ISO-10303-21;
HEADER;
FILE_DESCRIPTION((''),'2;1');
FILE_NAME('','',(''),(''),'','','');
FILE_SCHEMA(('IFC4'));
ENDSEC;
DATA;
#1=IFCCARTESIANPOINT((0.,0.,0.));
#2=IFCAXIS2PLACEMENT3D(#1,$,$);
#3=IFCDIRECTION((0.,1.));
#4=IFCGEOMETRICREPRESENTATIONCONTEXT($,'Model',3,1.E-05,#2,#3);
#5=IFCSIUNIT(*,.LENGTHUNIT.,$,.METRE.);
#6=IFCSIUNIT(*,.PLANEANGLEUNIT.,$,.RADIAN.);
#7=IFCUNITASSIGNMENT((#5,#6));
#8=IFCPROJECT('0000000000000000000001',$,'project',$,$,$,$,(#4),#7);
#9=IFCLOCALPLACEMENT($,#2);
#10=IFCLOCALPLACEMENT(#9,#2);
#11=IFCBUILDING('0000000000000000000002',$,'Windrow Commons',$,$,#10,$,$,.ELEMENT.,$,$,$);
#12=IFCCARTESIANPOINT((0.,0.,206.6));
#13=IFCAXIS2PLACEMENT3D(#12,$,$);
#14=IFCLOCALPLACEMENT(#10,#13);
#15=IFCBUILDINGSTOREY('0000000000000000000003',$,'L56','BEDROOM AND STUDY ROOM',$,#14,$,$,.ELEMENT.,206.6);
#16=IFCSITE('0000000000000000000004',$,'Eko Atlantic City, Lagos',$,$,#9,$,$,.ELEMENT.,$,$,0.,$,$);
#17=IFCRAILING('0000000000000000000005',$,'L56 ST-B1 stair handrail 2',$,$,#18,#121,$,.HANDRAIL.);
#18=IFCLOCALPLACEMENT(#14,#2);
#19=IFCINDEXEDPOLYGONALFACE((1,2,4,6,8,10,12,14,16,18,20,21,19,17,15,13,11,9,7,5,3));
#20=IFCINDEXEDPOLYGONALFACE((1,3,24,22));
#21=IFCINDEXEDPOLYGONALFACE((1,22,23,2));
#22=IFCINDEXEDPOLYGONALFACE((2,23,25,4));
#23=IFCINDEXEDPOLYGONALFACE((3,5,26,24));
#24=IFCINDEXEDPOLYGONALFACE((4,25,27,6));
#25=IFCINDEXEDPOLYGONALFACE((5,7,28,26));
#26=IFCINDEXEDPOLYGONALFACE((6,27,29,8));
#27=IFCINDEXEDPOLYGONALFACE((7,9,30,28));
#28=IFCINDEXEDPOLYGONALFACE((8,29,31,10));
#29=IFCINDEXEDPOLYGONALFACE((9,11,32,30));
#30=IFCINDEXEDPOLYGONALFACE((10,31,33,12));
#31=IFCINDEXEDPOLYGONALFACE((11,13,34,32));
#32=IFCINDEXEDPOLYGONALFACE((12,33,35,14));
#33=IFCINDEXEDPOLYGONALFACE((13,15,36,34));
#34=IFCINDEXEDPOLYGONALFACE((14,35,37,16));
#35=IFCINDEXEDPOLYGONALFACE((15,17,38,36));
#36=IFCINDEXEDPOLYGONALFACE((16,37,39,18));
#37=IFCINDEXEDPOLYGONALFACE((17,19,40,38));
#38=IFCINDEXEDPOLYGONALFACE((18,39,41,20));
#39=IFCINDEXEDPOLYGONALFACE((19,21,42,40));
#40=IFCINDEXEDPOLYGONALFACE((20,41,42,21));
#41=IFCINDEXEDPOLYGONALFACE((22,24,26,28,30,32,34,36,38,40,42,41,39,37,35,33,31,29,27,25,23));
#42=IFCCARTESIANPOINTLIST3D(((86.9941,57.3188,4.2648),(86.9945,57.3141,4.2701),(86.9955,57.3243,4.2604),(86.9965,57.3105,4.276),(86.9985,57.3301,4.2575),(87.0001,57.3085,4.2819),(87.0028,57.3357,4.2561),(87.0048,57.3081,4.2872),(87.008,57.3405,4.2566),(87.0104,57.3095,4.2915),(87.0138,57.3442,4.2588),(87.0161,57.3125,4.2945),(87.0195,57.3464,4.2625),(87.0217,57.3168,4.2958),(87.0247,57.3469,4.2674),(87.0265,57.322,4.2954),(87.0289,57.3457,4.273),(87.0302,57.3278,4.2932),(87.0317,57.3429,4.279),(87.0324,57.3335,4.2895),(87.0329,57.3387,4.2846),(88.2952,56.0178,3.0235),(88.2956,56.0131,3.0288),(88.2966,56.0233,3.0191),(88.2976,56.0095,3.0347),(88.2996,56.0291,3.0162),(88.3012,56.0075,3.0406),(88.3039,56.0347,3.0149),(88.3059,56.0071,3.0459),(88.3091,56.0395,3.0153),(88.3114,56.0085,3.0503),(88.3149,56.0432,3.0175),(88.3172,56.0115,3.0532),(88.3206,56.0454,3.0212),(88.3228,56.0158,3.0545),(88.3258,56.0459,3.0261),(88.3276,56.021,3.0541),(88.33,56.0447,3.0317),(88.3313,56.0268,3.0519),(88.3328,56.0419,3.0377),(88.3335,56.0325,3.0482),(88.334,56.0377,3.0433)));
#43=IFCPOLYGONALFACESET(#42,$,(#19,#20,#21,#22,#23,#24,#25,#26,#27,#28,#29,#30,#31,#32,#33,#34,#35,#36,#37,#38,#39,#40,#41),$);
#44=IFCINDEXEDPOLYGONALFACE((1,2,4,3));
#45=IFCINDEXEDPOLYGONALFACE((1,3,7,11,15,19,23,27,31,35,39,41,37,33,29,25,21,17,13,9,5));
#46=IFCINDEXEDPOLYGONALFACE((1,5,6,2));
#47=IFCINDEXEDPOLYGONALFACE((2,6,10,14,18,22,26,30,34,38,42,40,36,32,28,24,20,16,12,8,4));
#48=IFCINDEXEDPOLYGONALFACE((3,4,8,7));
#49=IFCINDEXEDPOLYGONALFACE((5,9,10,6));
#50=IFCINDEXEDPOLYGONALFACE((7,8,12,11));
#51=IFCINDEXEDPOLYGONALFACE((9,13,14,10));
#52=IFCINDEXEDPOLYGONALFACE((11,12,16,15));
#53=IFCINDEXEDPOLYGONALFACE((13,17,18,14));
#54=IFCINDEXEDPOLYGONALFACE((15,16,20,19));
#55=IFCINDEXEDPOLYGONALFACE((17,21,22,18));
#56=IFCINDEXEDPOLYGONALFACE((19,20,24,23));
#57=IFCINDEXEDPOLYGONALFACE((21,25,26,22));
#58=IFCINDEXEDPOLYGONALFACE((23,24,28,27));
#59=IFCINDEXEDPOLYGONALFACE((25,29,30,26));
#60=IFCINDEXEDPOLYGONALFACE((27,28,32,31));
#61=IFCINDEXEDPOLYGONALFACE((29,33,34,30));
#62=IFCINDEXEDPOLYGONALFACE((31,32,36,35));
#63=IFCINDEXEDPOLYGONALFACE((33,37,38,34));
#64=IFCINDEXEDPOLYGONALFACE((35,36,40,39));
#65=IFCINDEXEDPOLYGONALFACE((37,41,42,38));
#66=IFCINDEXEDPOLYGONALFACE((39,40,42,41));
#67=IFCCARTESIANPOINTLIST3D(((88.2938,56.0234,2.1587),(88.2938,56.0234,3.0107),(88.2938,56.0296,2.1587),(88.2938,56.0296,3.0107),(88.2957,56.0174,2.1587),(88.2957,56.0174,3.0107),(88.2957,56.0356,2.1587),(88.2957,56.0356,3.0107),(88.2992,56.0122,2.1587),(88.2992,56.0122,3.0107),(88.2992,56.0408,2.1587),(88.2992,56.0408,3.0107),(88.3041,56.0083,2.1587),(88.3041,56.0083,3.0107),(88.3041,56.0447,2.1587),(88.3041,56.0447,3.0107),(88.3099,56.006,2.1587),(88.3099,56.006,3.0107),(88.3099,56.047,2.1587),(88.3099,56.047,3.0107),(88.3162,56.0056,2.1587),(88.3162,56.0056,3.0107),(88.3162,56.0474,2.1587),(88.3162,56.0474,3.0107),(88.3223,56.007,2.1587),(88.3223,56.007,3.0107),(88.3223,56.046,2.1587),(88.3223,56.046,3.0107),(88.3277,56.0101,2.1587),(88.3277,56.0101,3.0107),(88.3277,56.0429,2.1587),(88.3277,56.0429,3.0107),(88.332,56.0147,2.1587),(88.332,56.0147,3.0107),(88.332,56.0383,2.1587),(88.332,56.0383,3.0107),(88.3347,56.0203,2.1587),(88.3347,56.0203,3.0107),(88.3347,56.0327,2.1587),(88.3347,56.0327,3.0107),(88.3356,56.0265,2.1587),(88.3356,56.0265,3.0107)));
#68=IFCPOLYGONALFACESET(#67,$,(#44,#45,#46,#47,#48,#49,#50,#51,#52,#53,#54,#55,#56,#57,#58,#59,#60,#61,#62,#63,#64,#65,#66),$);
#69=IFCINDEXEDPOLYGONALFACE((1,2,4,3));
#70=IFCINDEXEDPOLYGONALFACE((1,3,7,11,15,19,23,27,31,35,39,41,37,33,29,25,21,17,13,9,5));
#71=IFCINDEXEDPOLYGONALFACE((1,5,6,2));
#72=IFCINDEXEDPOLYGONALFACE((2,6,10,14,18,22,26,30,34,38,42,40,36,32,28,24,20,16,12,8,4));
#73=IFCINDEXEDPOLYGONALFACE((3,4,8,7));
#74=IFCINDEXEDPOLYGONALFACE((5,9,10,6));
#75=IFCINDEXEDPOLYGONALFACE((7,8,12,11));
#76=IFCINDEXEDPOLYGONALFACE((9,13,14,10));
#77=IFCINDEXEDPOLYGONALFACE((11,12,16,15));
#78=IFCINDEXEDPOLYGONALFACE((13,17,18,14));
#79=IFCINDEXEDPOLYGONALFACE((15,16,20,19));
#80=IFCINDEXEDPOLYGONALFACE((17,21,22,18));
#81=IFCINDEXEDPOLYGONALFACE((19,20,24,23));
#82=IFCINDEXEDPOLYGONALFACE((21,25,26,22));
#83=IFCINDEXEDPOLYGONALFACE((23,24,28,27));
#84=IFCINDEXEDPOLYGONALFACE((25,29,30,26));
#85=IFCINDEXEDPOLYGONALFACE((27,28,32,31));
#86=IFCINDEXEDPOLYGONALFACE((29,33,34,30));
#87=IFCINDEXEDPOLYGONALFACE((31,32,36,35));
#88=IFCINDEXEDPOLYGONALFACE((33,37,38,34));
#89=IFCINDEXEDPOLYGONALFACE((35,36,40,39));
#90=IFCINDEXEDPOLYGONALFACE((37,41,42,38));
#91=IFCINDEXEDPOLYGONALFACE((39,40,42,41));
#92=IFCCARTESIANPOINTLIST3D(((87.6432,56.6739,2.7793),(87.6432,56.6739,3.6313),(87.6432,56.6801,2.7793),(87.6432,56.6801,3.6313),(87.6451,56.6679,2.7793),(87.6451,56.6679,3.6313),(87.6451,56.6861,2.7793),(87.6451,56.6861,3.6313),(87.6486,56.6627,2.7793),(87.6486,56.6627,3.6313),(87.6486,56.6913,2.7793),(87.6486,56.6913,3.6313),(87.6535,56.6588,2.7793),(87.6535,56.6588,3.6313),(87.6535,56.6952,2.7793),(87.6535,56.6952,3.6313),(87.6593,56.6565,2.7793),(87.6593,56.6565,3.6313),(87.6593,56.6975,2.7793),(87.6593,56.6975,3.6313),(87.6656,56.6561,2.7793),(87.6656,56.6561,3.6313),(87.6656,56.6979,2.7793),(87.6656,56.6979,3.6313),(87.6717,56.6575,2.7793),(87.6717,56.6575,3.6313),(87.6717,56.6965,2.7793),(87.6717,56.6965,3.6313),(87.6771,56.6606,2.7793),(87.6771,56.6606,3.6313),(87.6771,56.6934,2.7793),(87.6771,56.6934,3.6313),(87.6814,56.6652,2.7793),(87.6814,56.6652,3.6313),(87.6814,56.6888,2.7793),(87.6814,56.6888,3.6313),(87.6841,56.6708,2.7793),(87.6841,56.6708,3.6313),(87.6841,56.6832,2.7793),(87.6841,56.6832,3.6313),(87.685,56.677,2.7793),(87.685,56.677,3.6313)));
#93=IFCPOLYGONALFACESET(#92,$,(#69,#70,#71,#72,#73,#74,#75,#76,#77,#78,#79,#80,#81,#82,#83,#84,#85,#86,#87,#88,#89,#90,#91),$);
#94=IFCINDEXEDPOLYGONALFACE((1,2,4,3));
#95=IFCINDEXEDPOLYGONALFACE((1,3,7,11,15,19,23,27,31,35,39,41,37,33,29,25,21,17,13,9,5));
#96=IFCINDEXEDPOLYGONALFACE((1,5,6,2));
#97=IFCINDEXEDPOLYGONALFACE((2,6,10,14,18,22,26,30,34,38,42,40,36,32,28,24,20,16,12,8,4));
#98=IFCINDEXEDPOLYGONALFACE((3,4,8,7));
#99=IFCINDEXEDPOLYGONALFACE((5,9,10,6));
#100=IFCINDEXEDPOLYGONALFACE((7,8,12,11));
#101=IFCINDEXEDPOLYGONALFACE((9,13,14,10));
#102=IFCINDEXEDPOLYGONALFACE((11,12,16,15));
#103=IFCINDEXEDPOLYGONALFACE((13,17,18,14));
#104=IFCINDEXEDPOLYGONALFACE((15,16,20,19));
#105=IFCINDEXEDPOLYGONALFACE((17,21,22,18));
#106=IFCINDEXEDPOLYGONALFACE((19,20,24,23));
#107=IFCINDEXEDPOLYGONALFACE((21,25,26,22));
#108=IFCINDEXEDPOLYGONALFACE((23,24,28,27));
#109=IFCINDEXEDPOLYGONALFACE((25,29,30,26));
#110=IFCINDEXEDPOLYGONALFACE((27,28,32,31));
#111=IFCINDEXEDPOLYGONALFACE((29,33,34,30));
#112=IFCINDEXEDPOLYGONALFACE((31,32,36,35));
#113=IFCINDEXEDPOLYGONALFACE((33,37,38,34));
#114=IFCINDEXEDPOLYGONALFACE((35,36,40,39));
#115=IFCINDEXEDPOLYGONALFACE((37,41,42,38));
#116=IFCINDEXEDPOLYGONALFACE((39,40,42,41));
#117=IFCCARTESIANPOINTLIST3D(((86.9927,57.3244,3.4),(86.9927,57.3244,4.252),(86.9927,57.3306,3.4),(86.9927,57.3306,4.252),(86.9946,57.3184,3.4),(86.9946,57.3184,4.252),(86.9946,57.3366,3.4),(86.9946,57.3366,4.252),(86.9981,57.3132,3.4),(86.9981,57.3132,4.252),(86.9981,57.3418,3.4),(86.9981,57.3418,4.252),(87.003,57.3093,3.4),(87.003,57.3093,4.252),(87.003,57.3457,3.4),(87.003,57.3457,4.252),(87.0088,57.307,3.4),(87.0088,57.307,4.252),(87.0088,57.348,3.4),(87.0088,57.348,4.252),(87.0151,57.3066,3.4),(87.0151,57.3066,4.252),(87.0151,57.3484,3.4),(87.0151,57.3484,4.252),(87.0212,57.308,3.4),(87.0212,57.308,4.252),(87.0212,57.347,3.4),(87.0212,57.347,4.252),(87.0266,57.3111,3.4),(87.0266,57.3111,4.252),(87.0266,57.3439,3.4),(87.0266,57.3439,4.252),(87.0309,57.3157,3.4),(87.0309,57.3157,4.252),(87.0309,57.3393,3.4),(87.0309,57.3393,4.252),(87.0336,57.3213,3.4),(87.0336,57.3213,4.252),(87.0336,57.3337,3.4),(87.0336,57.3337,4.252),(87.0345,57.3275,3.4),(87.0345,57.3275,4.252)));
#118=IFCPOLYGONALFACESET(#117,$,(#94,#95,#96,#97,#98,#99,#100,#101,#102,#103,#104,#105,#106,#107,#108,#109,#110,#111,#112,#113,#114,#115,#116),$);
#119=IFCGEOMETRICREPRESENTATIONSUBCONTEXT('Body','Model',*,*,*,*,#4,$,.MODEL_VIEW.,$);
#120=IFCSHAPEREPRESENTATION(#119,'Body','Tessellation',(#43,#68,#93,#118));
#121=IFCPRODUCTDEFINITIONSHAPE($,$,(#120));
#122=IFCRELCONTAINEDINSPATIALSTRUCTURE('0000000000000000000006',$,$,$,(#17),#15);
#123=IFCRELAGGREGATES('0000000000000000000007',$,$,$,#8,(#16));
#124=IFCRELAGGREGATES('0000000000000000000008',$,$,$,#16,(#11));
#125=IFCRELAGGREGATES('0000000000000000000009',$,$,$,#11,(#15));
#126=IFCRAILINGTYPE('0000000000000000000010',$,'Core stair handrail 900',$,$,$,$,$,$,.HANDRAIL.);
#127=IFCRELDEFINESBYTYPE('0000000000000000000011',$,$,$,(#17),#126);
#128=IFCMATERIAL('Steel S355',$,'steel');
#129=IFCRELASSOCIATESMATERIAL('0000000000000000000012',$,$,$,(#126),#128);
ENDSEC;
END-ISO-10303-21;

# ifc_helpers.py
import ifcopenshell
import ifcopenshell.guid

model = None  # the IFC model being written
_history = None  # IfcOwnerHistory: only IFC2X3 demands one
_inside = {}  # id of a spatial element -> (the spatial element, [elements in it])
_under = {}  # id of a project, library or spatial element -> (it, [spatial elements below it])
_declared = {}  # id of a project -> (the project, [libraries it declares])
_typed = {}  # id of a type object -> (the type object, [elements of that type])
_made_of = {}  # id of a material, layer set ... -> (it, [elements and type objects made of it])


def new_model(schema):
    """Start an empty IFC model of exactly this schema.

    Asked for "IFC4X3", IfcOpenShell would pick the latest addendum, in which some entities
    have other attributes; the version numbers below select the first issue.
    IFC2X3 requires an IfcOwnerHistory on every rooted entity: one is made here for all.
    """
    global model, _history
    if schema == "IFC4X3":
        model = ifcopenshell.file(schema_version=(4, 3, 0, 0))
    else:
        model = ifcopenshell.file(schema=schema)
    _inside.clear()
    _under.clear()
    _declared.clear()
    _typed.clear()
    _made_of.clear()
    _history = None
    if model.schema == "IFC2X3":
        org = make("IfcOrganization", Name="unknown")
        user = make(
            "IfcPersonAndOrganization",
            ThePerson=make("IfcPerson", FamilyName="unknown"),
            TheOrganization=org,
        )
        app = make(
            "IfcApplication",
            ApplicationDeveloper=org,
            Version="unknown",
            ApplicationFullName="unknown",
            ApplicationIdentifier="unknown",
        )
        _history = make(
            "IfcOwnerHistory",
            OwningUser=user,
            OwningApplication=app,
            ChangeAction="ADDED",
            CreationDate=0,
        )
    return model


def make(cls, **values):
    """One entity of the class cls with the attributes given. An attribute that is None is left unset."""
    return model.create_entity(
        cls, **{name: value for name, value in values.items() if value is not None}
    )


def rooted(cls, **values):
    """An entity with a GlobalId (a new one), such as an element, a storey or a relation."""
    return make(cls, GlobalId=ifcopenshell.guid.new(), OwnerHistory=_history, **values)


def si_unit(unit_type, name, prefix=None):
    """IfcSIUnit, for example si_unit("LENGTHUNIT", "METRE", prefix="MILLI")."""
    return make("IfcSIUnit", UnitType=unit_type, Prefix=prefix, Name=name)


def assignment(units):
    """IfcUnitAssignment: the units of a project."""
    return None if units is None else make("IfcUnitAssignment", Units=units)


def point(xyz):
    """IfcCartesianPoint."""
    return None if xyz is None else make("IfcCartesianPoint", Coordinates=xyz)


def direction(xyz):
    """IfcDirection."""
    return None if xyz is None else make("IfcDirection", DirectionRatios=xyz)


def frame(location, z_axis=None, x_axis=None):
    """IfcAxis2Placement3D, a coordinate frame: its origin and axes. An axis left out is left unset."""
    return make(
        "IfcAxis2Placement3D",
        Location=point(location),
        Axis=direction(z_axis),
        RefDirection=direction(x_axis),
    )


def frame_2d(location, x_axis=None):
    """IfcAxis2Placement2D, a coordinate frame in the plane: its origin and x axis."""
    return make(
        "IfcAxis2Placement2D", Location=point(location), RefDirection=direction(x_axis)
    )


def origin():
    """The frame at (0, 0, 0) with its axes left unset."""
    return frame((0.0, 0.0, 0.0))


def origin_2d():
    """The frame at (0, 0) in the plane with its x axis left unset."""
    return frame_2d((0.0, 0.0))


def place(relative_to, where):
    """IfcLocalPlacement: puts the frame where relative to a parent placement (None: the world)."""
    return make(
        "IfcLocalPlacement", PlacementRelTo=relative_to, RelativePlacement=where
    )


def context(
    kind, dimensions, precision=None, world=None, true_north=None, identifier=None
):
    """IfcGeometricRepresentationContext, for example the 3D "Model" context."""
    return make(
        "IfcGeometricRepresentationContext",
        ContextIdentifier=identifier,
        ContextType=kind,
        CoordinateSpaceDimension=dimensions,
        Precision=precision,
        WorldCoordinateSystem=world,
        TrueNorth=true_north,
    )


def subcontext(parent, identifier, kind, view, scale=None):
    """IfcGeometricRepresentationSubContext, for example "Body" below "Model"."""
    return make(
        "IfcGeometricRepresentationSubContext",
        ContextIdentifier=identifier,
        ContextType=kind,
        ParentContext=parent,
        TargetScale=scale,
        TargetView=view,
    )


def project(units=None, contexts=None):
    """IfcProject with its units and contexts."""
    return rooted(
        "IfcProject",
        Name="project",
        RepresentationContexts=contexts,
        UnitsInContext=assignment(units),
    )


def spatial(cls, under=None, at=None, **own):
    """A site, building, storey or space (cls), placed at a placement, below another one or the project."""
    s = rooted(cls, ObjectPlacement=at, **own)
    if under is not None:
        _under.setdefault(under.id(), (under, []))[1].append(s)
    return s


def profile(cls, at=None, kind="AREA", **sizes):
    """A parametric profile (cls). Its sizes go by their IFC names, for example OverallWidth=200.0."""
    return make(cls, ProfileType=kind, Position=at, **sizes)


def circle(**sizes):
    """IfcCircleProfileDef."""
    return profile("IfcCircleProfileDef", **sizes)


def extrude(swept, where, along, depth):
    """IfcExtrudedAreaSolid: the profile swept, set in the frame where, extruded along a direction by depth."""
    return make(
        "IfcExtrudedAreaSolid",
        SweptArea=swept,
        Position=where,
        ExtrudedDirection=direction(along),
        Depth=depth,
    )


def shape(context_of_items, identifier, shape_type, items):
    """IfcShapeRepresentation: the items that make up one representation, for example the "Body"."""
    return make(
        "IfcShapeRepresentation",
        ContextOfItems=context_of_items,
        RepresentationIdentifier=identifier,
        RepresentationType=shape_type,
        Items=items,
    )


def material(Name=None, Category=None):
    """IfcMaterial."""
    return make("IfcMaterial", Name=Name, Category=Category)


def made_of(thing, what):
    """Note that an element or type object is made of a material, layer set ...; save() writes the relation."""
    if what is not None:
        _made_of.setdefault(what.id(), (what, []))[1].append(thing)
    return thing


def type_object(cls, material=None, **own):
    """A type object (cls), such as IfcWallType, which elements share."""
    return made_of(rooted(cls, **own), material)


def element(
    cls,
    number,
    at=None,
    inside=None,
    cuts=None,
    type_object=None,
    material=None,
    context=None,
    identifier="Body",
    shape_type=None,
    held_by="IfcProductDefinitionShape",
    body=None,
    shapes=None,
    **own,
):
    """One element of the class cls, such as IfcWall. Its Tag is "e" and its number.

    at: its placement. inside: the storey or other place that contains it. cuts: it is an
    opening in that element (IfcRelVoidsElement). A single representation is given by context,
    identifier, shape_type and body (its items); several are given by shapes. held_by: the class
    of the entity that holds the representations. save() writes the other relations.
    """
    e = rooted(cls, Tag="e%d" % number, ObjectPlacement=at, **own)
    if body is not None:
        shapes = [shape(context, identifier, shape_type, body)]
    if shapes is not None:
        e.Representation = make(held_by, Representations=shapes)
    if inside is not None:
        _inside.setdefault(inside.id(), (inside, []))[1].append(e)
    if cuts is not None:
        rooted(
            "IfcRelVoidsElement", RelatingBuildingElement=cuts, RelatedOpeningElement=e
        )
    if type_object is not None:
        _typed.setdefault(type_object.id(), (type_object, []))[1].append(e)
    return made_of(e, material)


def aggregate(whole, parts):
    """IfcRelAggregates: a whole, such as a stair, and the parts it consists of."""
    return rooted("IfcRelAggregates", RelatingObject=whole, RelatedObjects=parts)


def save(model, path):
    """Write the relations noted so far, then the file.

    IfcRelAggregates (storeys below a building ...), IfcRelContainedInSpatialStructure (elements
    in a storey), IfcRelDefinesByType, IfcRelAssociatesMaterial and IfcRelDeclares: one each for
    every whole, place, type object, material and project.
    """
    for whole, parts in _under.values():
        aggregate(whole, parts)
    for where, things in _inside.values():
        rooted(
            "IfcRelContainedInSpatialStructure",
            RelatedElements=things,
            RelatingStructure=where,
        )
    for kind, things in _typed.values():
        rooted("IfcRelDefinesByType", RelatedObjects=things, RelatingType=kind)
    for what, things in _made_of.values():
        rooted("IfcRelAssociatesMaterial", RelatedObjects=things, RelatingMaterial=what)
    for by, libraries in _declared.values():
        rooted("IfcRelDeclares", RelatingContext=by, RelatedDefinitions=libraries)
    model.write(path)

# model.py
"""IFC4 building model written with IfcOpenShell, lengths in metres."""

from ifc_helpers import new_model, si_unit, direction, frame, origin, origin_2d, place, context, subcontext, project, spatial, circle, extrude, material, type_object, element, save


model = new_model("IFC4")

# Units and contexts
model_context = context("Model", 3, precision=1e-05, world=origin(), true_north=direction((0.0, 1.0)))
body_context = subcontext(model_context, "Body", "Model", "MODEL_VIEW")
ifc_project = project(units=[si_unit("LENGTHUNIT", "METRE"), si_unit("PLANEANGLEUNIT", "RADIAN")], contexts=[model_context])

# Site, building, storey
site_placement = place(None, origin())
site = spatial("IfcSite", under=ifc_project, at=site_placement, Name="Eko Atlantic City, Lagos", CompositionType="ELEMENT", RefElevation=0.0)
building_placement = place(site_placement, origin())
building = spatial("IfcBuilding", under=site, at=building_placement, Name="Windrow Commons", CompositionType="ELEMENT")
storey_placement = place(building_placement, frame((0.0, 0.0, 206.6)))
storey = spatial("IfcBuildingStorey", under=building, at=storey_placement, Name="L56", Description="BEDROOM AND STUDY ROOM", CompositionType="ELEMENT", Elevation=206.6)

# Railing
ifc_material_1 = material(Name="Steel S355", Category="steel")
railing_type_1 = type_object("IfcRailingType", Name="Core stair handrail 900", PredefinedType="HANDRAIL", material=ifc_material_1)
railing_1_placement = place(storey_placement, frame((88.3146, 56.0265, 2.1587)))
element("IfcRailing", 1, at=railing_1_placement, inside=storey, type_object=railing_type_1, Name="L56 ST-B1 stair handrail 2", PredefinedType="HANDRAIL", context=body_context, shape_type="SweptSolid", body=[
    extrude(circle(Radius=0.024, at=origin_2d()), frame((0.0, 0.0, 0.876), z_axis=(-0.586207, 0.586162, 0.559264), x_axis=(-0.70708, -0.707134, 0.0)), (0.0, 0.0, 1.0), 2.2195),
    extrude(circle(Radius=0.021, at=origin_2d()), origin(), (0.0, 0.0, 1.0), 0.852),
    extrude(circle(Radius=0.021, at=origin_2d()), frame((-0.6506, 0.6505, 0.6206)), (0.0, 0.0, 1.0), 0.852),
    extrude(circle(Radius=0.021, at=origin_2d()), frame((-1.3011, 1.301, 1.2413)), (0.0, 0.0, 1.0), 0.852),
])

save(model, "model.ifc")
